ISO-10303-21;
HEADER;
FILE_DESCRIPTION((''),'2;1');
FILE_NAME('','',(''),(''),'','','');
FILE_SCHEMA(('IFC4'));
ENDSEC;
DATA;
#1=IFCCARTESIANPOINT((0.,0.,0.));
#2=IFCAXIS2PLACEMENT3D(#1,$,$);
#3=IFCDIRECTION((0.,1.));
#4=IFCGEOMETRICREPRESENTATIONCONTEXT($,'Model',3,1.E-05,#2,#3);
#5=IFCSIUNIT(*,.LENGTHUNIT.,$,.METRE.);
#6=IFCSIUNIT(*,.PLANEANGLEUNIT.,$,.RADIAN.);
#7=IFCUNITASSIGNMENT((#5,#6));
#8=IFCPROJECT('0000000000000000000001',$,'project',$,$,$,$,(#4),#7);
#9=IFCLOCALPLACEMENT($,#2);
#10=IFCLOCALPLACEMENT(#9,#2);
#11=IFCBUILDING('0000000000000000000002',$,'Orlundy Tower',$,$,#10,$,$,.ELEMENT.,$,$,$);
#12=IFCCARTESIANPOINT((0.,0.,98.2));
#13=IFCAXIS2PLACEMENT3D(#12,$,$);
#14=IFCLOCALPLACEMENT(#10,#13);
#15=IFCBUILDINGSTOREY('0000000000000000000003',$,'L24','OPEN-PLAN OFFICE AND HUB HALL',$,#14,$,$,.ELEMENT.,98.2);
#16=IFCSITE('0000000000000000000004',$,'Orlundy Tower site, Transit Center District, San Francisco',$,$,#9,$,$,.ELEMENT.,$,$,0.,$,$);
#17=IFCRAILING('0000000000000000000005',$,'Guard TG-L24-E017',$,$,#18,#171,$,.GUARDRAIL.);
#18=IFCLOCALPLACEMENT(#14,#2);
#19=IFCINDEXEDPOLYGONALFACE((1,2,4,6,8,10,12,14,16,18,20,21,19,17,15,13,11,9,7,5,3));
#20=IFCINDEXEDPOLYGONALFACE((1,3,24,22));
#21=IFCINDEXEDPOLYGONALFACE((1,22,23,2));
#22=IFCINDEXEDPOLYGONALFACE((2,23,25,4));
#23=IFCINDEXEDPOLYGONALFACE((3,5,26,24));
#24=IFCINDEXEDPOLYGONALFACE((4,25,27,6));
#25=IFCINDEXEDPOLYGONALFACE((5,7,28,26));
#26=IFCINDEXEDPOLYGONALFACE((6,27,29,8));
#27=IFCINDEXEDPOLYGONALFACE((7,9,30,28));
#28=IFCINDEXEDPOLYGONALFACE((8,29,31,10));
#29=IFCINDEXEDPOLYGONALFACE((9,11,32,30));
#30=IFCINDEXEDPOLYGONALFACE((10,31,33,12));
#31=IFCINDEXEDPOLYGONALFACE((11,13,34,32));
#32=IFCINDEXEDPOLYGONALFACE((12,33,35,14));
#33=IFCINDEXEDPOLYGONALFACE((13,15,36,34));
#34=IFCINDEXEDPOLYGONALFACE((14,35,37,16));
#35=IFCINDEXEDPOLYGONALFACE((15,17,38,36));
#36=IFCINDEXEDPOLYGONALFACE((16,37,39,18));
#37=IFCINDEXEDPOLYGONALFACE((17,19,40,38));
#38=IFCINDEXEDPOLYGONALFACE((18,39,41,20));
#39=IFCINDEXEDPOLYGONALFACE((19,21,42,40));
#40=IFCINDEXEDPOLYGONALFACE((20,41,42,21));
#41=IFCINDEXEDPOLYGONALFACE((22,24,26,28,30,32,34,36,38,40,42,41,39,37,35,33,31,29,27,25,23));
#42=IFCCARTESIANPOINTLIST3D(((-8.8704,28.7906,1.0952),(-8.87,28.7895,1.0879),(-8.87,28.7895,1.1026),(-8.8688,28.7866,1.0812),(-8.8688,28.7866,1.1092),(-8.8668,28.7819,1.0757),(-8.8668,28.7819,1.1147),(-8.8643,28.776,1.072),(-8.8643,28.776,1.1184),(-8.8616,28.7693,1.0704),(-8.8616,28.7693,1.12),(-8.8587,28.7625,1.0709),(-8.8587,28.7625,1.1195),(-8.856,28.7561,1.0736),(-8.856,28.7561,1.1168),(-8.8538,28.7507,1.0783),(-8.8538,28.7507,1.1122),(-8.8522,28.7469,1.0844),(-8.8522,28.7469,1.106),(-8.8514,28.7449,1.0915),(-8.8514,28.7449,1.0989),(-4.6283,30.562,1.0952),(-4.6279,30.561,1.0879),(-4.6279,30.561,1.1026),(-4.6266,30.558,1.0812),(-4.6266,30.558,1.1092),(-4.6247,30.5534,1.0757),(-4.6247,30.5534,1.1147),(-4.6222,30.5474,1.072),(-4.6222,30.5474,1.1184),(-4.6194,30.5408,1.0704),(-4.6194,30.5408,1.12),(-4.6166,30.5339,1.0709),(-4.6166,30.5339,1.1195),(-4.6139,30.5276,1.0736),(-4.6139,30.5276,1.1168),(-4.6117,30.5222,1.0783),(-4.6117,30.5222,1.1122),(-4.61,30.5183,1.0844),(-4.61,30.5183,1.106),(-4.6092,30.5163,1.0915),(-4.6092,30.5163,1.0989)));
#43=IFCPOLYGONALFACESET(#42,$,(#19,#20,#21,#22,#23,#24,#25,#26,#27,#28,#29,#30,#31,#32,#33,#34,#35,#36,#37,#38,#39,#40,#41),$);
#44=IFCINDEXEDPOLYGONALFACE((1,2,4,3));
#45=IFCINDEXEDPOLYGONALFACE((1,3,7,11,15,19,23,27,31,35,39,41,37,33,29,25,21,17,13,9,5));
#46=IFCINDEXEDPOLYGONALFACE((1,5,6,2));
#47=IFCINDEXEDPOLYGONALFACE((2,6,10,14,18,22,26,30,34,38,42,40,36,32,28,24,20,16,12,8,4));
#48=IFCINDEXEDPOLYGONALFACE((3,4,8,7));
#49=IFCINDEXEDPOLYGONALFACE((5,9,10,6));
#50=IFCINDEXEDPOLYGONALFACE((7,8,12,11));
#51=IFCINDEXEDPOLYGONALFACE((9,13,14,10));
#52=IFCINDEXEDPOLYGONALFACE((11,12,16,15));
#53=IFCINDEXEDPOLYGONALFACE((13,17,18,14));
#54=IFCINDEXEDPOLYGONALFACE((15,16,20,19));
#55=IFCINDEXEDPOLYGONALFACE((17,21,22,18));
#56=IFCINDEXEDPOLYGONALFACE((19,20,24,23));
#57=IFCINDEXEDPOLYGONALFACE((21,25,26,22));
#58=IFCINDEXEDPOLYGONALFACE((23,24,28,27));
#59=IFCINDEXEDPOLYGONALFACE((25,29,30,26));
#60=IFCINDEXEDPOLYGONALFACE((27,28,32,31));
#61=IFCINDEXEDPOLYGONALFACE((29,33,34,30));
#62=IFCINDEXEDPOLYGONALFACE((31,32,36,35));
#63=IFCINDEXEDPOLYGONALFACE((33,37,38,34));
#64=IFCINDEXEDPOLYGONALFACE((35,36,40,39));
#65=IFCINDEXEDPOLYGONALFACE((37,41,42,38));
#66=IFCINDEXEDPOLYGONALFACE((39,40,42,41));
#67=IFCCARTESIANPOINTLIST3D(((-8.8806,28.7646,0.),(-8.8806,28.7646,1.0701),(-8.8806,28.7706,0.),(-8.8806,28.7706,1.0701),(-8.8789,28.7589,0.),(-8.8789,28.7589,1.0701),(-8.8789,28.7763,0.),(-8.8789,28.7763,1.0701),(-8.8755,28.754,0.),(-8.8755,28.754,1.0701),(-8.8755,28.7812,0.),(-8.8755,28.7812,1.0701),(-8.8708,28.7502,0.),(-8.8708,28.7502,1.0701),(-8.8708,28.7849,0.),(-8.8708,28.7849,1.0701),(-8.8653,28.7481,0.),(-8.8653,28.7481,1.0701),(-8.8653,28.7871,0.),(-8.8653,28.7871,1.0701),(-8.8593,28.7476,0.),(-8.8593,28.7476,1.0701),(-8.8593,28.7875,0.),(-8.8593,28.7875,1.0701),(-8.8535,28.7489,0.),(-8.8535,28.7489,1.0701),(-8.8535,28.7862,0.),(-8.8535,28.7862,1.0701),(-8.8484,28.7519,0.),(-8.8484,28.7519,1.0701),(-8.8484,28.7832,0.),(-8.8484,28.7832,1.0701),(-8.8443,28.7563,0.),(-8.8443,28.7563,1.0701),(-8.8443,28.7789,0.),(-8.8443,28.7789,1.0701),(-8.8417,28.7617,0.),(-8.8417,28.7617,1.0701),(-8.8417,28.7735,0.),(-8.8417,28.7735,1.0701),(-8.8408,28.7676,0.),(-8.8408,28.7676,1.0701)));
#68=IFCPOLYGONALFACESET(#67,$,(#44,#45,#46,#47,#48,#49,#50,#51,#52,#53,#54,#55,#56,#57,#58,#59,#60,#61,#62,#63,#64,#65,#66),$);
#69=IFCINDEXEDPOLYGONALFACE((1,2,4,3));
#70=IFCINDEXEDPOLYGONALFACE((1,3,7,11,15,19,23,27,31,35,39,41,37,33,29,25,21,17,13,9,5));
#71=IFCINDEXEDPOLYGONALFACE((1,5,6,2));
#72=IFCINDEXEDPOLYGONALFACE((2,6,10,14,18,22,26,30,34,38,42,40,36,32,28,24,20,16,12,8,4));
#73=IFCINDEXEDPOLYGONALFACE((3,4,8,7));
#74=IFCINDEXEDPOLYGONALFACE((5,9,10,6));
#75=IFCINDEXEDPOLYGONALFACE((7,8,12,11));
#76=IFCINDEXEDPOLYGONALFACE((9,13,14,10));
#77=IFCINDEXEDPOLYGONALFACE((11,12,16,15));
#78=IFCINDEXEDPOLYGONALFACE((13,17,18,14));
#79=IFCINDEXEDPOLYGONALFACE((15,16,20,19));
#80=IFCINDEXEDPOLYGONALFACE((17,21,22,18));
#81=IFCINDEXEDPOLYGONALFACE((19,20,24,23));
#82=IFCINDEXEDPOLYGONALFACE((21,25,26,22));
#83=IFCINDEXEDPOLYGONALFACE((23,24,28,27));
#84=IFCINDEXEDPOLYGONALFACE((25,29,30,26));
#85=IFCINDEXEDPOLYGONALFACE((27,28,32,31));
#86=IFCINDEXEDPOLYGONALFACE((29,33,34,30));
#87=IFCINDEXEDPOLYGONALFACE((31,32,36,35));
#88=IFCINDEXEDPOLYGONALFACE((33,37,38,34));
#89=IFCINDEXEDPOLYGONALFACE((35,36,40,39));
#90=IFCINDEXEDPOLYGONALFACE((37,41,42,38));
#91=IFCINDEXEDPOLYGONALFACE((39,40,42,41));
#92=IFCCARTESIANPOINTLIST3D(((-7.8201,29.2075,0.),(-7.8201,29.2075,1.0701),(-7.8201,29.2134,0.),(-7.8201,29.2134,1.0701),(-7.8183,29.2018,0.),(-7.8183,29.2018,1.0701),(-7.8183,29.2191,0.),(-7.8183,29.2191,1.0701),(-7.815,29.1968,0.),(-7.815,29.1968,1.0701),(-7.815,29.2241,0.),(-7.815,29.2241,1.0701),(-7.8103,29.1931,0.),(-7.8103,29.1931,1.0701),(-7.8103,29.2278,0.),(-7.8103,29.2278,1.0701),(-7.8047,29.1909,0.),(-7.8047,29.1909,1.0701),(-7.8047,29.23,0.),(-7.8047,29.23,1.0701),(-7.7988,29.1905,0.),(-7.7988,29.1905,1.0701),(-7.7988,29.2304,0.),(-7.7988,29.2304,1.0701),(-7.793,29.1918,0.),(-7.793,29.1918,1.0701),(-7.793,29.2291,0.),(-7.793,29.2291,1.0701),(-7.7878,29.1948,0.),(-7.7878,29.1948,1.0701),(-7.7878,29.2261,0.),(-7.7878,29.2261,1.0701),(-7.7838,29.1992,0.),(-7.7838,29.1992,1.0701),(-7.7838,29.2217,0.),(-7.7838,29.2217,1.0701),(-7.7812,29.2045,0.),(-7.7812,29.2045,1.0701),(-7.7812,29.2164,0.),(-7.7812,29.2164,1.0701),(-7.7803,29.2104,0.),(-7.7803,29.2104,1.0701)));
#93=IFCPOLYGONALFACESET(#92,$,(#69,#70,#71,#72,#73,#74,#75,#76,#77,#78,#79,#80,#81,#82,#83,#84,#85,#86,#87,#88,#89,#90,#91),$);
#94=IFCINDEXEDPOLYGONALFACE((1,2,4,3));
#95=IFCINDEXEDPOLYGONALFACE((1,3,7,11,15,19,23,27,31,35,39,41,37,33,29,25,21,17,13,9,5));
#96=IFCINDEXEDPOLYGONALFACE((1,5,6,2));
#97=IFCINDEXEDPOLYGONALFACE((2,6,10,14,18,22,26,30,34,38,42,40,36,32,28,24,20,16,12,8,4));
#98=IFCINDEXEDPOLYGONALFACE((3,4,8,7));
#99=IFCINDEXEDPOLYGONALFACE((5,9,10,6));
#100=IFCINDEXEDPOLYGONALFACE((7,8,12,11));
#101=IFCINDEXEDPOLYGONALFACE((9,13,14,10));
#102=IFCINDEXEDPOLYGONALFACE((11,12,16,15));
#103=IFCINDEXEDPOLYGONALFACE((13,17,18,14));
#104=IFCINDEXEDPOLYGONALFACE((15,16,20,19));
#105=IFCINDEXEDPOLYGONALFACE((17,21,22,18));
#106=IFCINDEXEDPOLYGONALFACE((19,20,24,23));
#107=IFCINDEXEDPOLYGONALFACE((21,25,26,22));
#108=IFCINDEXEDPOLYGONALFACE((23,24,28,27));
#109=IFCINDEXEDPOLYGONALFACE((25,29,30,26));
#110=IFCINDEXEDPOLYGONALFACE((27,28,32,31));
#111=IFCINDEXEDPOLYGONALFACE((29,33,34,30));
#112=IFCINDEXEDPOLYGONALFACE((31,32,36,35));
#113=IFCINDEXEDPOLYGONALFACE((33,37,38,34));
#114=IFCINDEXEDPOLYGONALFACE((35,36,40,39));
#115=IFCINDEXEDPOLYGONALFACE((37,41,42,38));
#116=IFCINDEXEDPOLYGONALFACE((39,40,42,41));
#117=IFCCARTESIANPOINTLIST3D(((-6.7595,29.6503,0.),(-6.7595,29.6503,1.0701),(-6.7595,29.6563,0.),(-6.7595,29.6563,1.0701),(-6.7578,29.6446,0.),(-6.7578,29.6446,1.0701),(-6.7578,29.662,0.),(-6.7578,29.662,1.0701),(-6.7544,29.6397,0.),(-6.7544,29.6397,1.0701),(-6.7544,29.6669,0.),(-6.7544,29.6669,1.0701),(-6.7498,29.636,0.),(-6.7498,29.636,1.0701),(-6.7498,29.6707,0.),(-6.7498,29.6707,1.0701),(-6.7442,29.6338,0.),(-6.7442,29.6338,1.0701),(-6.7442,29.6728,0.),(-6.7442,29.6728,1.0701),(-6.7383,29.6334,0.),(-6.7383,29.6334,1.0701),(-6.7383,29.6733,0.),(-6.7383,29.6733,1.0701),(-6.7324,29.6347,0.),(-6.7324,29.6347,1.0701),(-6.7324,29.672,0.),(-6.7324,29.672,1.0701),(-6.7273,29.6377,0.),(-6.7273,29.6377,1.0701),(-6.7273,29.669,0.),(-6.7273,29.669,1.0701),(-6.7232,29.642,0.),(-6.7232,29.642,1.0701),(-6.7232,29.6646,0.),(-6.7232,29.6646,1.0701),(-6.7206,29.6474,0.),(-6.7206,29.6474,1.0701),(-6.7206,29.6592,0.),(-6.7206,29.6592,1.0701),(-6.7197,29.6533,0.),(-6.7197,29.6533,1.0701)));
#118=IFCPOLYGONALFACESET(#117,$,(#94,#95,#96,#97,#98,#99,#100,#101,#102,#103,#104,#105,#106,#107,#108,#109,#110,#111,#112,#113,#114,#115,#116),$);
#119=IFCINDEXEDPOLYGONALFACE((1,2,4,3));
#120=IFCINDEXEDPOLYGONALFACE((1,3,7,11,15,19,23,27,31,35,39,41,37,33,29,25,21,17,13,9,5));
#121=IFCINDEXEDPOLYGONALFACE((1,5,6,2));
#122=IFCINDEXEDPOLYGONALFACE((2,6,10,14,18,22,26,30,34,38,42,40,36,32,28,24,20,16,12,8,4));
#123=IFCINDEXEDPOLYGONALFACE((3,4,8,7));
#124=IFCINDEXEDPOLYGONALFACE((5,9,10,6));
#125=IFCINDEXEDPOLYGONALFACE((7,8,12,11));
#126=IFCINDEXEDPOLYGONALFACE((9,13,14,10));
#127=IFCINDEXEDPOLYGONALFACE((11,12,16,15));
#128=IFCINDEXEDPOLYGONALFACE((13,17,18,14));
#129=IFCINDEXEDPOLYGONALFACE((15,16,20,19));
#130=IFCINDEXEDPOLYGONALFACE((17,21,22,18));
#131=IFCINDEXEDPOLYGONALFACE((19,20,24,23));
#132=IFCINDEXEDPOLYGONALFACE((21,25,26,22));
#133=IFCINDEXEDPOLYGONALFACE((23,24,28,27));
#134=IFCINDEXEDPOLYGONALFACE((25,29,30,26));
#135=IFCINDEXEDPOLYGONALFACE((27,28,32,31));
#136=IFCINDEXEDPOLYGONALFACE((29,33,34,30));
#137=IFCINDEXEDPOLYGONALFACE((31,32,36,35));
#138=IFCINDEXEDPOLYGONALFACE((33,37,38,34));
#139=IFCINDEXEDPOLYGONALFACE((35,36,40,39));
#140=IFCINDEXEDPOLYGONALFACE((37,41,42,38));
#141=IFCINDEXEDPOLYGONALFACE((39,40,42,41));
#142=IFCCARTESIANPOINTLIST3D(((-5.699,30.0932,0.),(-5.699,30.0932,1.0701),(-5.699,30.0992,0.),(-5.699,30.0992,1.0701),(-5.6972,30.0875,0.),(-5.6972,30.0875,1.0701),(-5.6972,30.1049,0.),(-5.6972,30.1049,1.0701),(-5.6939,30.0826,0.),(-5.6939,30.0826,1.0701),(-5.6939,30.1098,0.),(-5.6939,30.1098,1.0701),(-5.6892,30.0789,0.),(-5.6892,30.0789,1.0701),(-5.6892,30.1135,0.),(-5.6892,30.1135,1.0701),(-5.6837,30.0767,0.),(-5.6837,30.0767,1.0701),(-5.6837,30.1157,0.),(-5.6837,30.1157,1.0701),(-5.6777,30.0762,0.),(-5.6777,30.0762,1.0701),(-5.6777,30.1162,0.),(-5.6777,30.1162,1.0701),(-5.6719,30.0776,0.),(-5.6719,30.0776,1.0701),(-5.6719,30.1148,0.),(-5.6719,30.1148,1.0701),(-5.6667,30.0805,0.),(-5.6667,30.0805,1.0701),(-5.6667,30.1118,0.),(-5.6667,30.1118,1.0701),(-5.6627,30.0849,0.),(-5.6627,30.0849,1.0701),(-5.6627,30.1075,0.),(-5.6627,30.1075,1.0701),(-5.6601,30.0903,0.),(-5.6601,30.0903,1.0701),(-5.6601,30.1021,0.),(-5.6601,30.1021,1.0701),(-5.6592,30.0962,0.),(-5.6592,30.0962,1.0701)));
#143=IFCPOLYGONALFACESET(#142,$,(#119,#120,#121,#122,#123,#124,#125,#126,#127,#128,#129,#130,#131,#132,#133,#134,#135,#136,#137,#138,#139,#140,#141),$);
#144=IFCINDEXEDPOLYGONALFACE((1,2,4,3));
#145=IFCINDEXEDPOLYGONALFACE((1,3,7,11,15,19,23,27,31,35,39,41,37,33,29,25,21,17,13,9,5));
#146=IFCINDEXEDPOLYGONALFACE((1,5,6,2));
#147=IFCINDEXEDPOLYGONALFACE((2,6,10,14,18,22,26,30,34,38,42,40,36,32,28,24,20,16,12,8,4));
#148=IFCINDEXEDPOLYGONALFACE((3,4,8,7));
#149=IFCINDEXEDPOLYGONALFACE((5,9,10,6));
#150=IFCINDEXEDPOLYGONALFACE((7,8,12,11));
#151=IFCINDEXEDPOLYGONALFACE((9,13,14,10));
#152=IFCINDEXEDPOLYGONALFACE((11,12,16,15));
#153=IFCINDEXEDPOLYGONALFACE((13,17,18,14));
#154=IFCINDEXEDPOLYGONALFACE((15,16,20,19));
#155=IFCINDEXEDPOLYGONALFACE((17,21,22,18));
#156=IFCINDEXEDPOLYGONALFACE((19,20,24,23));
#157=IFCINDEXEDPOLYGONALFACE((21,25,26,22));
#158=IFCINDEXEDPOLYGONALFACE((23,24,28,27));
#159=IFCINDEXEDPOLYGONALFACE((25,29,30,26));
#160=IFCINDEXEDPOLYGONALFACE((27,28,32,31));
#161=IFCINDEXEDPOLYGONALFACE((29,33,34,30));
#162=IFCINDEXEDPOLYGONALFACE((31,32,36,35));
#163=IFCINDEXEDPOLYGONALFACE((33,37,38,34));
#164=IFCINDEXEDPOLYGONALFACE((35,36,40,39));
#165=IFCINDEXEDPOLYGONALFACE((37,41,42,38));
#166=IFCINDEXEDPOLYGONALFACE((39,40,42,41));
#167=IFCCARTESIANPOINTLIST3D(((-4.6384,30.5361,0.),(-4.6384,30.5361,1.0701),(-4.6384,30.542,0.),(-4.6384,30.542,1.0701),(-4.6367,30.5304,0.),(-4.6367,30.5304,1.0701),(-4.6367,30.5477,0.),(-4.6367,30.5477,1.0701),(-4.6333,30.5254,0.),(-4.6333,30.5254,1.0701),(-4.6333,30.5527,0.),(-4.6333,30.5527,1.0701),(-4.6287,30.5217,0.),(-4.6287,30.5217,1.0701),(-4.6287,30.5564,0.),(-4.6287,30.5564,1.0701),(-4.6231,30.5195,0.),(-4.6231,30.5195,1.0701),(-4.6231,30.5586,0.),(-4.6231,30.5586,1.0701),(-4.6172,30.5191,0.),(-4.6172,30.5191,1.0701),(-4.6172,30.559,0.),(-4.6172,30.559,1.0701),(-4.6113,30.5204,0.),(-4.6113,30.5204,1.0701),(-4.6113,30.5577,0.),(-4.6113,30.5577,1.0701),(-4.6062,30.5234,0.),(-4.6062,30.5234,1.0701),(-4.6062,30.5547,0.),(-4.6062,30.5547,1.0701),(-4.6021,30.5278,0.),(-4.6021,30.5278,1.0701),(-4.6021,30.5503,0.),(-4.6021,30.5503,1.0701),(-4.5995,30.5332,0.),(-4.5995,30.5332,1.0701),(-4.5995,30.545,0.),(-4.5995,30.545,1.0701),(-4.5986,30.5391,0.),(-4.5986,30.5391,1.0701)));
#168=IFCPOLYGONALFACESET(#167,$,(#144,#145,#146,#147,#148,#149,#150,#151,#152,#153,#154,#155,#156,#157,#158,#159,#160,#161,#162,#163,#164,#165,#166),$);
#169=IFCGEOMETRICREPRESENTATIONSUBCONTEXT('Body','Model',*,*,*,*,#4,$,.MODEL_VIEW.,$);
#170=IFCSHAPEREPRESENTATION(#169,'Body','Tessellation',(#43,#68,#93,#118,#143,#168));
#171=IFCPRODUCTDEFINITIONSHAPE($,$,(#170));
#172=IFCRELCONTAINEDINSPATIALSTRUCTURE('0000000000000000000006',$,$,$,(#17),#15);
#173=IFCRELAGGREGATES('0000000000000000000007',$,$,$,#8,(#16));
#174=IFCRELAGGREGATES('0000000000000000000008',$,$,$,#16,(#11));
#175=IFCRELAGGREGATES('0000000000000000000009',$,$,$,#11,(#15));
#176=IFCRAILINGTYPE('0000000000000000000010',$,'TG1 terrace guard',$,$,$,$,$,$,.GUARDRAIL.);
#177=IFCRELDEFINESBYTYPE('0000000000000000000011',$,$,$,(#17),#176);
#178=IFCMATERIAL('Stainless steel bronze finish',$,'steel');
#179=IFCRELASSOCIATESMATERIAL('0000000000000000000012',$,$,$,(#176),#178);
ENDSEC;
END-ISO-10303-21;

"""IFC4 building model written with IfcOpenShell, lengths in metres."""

from ifc_helpers import new_model, si_unit, direction, frame, origin, origin_2d, place, context, subcontext, project, spatial, circle, extrude, material, type_object, element, save


model = new_model("IFC4")

# Units and contexts
model_context = context("Model", 3, precision=1e-05, world=origin(), true_north=direction((0.0, 1.0)))
body_context = subcontext(model_context, "Body", "Model", "MODEL_VIEW")
ifc_project = project(units=[si_unit("LENGTHUNIT", "METRE"), si_unit("PLANEANGLEUNIT", "RADIAN")], contexts=[model_context])

# Site, building, storey
site_placement = place(None, origin())
site = spatial("IfcSite", under=ifc_project, at=site_placement, Name="Orlundy Tower site, Transit Center District, San Francisco", CompositionType="ELEMENT", RefElevation=0.0)
building_placement = place(site_placement, origin())
building = spatial("IfcBuilding", under=site, at=building_placement, Name="Orlundy Tower", CompositionType="ELEMENT")
storey_placement = place(building_placement, frame((0.0, 0.0, 98.2)))
storey = spatial("IfcBuildingStorey", under=building, at=storey_placement, Name="L24", Description="OPEN-PLAN OFFICE AND HUB HALL", CompositionType="ELEMENT", Elevation=98.2)

# Railing
ifc_material_1 = material(Name="Stainless steel bronze finish", Category="steel")
railing_type = type_object("IfcRailingType", Name="TG1 terrace guard", PredefinedType="GUARDRAIL", material=ifc_material_1)
railing_1_placement = place(storey_placement, frame((-8.8608, 28.7676, 0.0)))
element("IfcRailing", 1, at=railing_1_placement, inside=storey, type_object=railing_type, Name="Guard TG-L24-E017", PredefinedType="GUARDRAIL", context=body_context, shape_type="SweptSolid", body=[
    extrude(circle(Radius=0.0249, at=origin_2d()), frame((0.0, 0.0, 1.0952), z_axis=(0.922775, 0.385339, 0.0), x_axis=(-0.385339, 0.922775, 0.0)), (0.0, 0.0, 1.0), 4.5972),
    extrude(circle(Radius=0.02, at=origin_2d()), origin(), (0.0, 0.0, 1.0), 1.0701),
    extrude(circle(Radius=0.02, at=origin_2d()), frame((1.0605, 0.4429, 0.0)), (0.0, 0.0, 1.0), 1.0701),
    extrude(circle(Radius=0.02, at=origin_2d()), frame((2.1211, 0.8857, 0.0)), (0.0, 0.0, 1.0), 1.0701),
    extrude(circle(Radius=0.02, at=origin_2d()), frame((3.1816, 1.3286, 0.0)), (0.0, 0.0, 1.0), 1.0701),
    extrude(circle(Radius=0.02, at=origin_2d()), frame((4.2422, 1.7715, 0.0)), (0.0, 0.0, 1.0), 1.0701),
])

save(model, "model.ifc")
